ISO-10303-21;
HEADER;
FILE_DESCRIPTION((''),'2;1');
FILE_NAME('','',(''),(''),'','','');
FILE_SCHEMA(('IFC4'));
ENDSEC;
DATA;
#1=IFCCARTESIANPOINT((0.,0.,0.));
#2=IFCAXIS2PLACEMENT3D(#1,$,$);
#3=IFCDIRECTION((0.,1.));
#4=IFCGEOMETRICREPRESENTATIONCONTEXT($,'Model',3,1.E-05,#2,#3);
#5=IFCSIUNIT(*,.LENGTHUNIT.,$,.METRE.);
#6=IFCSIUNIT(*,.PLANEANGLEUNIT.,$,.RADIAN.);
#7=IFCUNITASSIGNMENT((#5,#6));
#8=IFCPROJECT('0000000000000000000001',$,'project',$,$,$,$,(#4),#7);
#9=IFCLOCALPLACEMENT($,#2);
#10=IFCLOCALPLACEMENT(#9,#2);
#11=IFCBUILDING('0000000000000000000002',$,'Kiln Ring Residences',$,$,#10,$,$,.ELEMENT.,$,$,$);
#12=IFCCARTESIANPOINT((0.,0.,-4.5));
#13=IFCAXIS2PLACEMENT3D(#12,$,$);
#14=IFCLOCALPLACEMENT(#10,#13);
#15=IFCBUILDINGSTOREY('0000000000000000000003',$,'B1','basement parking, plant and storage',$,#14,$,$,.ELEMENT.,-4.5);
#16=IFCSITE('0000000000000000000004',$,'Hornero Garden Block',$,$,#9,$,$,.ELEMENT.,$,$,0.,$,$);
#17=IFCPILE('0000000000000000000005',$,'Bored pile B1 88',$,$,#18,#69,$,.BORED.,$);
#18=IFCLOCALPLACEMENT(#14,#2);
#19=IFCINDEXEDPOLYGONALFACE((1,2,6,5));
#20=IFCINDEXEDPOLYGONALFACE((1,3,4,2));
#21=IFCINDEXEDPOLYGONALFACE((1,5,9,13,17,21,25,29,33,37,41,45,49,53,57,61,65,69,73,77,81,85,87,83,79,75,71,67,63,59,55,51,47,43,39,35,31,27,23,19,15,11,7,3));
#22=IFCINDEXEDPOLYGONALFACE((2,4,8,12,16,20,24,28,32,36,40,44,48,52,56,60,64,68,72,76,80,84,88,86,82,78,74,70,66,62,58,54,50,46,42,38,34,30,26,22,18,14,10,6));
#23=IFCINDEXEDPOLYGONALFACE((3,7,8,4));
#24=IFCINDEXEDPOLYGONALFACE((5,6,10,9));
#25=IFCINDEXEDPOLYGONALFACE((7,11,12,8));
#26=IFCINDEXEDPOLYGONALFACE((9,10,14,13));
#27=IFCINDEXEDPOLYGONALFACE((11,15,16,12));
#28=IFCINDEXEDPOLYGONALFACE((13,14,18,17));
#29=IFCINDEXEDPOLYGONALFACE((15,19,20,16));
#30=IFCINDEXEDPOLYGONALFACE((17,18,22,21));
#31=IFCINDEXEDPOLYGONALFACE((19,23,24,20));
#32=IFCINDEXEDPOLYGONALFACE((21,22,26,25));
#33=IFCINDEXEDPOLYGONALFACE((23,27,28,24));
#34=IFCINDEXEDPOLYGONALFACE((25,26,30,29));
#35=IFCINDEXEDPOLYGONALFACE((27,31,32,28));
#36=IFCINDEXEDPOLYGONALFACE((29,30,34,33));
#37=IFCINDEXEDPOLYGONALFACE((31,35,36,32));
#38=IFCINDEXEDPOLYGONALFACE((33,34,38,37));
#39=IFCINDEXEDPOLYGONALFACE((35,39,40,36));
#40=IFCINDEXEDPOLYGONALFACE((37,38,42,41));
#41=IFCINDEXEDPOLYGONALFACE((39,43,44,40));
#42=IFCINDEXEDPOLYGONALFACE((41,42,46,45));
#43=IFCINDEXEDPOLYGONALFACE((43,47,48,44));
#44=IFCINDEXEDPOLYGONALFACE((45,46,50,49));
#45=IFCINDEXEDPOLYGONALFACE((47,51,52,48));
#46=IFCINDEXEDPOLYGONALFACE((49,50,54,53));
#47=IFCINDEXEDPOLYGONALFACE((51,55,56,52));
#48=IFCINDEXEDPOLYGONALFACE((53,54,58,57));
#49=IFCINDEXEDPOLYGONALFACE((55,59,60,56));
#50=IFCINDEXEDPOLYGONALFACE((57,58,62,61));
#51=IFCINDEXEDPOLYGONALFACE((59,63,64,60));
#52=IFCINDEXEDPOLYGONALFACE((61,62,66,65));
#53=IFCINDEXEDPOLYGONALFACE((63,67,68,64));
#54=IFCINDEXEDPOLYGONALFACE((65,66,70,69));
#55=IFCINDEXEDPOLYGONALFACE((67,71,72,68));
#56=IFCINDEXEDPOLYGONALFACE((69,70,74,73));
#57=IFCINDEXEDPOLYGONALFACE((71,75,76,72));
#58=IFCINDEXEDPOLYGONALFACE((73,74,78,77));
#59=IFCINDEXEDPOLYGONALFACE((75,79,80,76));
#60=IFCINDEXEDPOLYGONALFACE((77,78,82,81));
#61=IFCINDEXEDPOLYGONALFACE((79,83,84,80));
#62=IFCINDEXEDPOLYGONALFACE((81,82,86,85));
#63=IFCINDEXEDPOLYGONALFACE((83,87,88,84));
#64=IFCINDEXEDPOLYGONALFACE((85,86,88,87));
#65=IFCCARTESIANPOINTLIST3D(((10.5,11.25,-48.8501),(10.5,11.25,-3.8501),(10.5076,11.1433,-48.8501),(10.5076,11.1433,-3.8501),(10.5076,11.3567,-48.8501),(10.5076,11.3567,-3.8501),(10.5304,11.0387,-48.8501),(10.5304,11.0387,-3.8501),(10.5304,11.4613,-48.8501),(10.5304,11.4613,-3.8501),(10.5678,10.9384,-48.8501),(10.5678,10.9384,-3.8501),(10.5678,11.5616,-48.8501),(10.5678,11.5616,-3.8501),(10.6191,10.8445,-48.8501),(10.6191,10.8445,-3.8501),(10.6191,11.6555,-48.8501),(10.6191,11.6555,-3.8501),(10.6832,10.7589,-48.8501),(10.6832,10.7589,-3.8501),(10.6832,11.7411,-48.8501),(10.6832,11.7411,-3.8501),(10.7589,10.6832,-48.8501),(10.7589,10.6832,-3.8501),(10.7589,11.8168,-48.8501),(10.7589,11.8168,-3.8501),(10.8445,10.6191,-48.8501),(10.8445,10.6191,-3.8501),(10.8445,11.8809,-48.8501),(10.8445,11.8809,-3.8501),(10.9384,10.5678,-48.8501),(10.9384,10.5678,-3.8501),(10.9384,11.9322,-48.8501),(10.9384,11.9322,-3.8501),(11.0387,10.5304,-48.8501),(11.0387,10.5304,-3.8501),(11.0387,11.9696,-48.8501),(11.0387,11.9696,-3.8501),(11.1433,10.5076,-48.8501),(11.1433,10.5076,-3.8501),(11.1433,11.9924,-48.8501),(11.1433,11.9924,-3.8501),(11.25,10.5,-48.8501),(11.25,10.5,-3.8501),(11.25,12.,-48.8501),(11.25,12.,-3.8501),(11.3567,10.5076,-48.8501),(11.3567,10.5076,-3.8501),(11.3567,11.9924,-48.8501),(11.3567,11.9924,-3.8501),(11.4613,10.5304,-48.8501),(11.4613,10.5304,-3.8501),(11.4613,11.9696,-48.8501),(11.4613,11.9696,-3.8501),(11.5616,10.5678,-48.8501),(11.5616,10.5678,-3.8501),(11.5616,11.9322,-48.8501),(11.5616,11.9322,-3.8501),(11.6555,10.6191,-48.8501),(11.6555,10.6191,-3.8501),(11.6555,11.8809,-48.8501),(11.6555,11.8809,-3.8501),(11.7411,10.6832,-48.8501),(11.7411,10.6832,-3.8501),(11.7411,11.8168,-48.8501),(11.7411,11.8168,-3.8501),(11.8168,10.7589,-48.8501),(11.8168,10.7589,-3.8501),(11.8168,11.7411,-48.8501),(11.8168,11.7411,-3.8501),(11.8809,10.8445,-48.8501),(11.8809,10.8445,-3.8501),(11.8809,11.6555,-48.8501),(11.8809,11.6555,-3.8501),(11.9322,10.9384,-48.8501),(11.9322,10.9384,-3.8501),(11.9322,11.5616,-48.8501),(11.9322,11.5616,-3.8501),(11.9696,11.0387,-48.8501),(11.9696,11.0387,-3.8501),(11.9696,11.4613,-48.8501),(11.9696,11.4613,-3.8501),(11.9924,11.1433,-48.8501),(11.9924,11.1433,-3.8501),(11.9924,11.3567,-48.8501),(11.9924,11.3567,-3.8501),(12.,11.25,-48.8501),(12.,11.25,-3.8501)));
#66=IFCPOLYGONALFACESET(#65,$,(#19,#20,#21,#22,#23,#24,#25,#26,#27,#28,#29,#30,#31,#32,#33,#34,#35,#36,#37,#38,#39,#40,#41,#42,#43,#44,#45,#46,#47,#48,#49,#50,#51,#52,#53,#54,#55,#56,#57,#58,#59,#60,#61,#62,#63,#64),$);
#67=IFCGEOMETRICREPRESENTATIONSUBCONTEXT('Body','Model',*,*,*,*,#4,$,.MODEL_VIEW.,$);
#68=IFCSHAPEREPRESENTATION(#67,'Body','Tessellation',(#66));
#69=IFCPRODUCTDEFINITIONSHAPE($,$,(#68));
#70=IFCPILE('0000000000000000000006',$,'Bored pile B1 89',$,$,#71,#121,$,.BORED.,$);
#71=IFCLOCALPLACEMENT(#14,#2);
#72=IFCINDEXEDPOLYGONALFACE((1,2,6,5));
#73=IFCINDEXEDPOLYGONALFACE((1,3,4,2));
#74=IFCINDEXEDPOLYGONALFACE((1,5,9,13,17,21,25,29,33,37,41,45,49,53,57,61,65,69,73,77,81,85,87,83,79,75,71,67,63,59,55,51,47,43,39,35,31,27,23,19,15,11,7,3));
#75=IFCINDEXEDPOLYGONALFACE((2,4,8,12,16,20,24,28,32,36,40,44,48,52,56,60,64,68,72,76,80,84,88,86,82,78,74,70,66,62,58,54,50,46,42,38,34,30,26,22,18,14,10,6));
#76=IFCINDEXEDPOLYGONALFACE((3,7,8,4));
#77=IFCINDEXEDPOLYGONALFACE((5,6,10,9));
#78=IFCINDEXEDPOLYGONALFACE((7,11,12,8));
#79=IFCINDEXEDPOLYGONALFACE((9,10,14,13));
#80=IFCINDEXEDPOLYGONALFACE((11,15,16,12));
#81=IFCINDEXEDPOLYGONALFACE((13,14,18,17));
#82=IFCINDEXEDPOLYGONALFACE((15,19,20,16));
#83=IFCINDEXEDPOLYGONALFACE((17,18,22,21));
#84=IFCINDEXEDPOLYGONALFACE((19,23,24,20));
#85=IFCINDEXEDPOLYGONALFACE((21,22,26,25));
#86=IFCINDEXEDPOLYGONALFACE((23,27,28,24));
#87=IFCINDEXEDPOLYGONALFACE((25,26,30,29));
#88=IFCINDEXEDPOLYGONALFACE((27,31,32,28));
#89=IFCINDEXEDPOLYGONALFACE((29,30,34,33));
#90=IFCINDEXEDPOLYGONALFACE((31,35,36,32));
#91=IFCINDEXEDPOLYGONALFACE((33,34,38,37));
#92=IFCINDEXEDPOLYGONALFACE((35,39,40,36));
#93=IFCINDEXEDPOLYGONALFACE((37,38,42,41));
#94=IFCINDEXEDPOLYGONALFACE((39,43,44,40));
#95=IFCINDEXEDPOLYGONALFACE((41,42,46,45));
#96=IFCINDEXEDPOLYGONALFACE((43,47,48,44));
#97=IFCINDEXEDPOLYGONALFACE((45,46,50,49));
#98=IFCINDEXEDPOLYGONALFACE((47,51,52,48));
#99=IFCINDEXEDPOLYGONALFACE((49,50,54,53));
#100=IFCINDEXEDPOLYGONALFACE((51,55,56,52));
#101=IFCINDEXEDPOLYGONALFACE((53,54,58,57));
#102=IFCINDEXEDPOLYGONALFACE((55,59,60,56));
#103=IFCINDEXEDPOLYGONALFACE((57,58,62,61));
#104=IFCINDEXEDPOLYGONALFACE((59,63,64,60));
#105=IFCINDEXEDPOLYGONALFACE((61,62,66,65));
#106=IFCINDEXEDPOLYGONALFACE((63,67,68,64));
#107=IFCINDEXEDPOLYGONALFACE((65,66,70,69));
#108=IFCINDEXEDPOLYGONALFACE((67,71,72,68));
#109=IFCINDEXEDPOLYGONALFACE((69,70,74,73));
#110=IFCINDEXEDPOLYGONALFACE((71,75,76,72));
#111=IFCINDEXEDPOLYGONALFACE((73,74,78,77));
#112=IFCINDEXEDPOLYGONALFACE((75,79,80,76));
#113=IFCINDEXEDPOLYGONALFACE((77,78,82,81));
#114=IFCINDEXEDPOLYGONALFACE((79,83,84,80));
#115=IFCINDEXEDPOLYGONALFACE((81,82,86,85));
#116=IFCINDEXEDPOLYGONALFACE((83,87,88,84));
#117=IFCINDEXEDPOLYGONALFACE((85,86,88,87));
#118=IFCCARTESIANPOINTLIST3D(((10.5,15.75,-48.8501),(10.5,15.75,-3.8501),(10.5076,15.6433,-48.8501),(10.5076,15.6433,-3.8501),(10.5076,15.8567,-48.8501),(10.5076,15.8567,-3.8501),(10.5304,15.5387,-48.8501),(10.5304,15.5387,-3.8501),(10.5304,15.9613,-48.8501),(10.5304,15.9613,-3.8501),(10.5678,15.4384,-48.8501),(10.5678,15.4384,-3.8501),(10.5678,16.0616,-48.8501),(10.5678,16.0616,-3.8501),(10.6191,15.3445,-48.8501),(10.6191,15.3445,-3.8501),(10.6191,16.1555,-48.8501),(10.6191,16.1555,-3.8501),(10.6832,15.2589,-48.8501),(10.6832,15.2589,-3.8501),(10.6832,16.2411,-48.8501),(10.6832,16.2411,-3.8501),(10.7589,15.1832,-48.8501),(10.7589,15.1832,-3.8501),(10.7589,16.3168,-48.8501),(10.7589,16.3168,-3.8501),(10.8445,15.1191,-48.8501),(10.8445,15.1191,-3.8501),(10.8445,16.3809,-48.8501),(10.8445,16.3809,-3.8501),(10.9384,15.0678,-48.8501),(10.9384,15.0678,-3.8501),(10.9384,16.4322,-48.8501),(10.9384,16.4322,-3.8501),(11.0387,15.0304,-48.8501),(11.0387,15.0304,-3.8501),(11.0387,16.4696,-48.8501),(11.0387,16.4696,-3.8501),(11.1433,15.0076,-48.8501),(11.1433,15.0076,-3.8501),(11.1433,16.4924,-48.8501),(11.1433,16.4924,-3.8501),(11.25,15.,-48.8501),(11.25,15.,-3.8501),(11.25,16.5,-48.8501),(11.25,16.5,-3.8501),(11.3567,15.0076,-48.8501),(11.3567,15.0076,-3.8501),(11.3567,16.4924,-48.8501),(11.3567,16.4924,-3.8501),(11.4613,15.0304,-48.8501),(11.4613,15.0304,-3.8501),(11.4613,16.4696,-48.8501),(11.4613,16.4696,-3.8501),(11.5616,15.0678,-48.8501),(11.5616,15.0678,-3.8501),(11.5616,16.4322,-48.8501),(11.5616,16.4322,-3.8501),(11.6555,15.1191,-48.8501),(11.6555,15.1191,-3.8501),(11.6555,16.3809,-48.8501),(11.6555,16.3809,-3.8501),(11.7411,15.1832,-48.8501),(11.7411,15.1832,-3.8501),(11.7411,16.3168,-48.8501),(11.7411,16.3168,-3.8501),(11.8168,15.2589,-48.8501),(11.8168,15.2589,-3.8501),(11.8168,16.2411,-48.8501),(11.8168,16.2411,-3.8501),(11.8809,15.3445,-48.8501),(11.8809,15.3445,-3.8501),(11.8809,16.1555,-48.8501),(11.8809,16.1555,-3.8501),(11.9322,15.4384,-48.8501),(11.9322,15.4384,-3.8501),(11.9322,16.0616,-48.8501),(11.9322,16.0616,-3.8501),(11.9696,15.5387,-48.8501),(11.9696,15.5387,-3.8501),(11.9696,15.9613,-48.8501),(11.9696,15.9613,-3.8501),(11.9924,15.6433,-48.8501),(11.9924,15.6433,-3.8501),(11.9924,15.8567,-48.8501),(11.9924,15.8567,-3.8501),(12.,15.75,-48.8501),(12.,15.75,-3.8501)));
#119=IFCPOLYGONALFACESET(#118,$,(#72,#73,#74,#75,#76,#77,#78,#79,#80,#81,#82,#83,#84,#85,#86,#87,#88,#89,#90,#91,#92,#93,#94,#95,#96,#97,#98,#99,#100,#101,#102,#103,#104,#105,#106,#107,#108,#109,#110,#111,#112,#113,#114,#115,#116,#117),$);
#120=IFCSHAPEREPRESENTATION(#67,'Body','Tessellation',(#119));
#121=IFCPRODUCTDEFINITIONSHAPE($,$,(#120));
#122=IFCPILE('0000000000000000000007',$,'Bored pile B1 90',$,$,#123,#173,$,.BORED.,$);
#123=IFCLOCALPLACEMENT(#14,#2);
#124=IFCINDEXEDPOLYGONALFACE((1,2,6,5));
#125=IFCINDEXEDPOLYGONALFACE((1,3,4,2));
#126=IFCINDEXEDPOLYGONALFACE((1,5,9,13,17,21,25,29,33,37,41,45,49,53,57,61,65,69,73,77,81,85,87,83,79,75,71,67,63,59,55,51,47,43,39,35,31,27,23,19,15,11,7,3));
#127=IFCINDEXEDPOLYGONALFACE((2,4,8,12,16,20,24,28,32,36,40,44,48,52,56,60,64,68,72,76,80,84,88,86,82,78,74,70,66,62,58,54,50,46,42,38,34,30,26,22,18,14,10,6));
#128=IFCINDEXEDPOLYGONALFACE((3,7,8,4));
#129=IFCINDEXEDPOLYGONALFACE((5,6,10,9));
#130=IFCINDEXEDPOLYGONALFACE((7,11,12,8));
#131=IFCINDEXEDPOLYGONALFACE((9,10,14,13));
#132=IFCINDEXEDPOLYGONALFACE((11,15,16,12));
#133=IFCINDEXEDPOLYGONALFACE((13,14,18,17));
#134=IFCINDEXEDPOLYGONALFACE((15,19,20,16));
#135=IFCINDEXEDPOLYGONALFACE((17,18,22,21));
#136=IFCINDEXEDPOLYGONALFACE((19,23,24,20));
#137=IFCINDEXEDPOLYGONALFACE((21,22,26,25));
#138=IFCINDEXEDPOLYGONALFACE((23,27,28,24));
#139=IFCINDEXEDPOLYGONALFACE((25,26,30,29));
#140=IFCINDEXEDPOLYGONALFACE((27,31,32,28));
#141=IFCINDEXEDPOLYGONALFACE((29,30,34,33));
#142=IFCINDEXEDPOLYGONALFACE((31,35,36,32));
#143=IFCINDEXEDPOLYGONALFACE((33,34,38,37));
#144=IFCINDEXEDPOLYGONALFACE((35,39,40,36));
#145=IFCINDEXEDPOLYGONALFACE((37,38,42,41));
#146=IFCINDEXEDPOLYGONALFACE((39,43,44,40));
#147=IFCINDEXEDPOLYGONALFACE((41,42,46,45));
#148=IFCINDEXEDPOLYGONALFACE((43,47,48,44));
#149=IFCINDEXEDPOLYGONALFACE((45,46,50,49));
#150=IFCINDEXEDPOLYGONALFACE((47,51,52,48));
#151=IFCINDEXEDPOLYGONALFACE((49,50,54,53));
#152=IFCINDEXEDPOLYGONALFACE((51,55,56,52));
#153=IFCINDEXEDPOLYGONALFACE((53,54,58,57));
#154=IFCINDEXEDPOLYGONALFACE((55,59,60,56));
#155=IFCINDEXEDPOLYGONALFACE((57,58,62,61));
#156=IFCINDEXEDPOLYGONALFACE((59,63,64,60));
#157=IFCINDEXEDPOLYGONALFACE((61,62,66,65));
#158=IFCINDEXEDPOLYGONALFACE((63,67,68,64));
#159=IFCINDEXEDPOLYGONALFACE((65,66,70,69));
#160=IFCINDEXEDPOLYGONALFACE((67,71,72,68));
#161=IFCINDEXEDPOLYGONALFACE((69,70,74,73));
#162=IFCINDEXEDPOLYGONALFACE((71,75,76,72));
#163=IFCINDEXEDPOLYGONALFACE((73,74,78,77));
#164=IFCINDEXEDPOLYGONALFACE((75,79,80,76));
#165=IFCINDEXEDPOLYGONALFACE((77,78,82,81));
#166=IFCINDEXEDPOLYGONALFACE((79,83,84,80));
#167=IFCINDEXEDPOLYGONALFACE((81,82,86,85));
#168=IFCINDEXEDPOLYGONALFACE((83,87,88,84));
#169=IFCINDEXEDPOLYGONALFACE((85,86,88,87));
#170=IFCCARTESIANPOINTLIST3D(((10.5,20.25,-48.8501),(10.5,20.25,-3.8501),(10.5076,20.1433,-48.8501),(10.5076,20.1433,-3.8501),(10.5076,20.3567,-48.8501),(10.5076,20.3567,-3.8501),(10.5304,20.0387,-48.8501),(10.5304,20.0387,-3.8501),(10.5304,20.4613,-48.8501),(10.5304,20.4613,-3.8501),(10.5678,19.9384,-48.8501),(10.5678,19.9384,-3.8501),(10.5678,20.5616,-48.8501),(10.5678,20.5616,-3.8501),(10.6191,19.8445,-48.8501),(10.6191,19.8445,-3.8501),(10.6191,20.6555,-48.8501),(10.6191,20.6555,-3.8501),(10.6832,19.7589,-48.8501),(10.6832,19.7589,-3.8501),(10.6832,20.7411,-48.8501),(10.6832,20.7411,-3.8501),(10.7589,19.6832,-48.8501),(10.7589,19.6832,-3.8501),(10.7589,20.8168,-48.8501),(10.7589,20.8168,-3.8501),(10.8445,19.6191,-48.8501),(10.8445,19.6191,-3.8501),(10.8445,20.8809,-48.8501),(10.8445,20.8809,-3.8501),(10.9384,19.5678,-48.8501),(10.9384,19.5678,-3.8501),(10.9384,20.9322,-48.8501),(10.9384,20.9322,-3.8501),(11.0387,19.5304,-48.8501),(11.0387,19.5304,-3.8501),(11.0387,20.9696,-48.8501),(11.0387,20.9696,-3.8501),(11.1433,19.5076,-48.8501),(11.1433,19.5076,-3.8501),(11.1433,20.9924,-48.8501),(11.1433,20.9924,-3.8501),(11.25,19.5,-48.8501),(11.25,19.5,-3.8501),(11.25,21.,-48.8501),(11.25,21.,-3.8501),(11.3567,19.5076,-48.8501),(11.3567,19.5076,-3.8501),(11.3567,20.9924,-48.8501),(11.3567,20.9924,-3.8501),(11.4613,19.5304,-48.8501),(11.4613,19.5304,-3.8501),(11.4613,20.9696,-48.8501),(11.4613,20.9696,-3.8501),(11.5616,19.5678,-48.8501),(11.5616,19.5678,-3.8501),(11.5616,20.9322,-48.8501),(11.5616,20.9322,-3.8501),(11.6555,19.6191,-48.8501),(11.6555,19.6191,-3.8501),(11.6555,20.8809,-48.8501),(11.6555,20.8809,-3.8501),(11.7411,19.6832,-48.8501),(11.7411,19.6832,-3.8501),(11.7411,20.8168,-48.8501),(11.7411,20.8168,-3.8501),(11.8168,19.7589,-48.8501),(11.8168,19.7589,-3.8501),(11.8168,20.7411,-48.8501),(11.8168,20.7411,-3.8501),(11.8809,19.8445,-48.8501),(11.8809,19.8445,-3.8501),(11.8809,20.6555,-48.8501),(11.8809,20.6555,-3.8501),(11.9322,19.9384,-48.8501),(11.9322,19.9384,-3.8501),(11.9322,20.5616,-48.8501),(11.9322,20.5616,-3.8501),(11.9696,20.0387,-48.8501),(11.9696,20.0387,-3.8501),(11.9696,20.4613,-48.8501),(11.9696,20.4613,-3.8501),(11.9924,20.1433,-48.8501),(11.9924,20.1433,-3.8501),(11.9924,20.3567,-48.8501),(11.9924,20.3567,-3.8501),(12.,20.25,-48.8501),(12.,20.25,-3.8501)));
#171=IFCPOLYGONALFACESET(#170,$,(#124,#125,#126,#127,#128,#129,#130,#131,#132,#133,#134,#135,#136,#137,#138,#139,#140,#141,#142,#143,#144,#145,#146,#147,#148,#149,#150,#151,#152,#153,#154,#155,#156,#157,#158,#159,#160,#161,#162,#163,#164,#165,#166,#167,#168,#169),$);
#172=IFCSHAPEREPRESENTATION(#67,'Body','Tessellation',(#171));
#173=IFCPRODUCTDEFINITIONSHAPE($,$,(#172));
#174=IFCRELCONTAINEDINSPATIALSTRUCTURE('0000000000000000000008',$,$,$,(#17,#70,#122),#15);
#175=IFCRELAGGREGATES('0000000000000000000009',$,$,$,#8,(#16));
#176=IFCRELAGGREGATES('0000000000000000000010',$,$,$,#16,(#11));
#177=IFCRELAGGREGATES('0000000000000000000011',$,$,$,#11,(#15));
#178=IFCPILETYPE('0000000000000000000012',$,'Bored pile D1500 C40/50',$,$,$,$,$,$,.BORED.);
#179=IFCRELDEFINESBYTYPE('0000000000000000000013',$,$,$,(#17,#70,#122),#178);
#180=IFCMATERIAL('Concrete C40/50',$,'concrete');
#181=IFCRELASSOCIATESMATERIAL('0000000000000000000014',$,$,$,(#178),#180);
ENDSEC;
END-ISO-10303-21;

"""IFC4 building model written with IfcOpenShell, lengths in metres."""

from ifc_helpers import new_model, si_unit, direction, frame, origin, origin_2d, place, context, subcontext, project, spatial, circle, extrude, material, material_profile, profile_set, type_object, element, save


model = new_model("IFC4")

# Units and contexts
model_context = context("Model", 3, precision=1e-05, world=origin(), true_north=direction((0.0, 1.0)))
body_context = subcontext(model_context, "Body", "Model", "MODEL_VIEW")
ifc_project = project(units=[si_unit("LENGTHUNIT", "METRE"), si_unit("PLANEANGLEUNIT", "RADIAN")], contexts=[model_context])

# Site, building, storey
site_placement = place(None, origin())
site = spatial("IfcSite", under=ifc_project, at=site_placement, Name="Hornero Garden Block", CompositionType="ELEMENT", RefElevation=0.0)
building_placement = place(site_placement, origin())
building = spatial("IfcBuilding", under=site, at=building_placement, Name="Kiln Ring Residences", CompositionType="ELEMENT")
storey_placement = place(building_placement, frame((0.0, 0.0, -4.5)))
storey = spatial("IfcBuildingStorey", under=building, at=storey_placement, Name="B1", Description="basement parking, plant and storage", CompositionType="ELEMENT", Elevation=-4.5)

# Piles
ifc_material_1 = material(Name="Concrete C40/50", Category="concrete")
ifc_material_profile = material_profile(ifc_material_1, circle(Radius=0.75, at=origin_2d()), Name="BORED1500")
ifc_profile_set = profile_set([ifc_material_profile], Name="Concrete C40/50")
pile_type = type_object("IfcPileType", Name="Bored pile D1500 C40/50", PredefinedType="BORED", material=ifc_profile_set)
for number, where, z_axis, x_axis, name in (
    (1, (11.25, 11.25, -3.8501), (0.0, 0.0, -1.0), (1.0, 0.0, 0.0), "Bored pile B1 88"),
    (2, (11.25, 15.75, -3.8501), (0.0, 0.0, -1.0), (1.0, 0.0, 0.0), "Bored pile B1 89"),
    (3, (11.25, 20.25, -3.8501), (0.0, 0.0, -1.0), (1.0, 0.0, 0.0), "Bored pile B1 90"),
):
    element("IfcPile", number, at=place(storey_placement, frame(where, z_axis=z_axis, x_axis=x_axis)), inside=storey, type_object=pile_type, Name=name, PredefinedType="BORED", context=body_context, shape_type="SweptSolid", body=[
        extrude(circle(Radius=0.75, at=origin_2d()), origin(), (0.0, 0.0, 1.0), 45.0),
    ])

save(model, "model.ifc")
